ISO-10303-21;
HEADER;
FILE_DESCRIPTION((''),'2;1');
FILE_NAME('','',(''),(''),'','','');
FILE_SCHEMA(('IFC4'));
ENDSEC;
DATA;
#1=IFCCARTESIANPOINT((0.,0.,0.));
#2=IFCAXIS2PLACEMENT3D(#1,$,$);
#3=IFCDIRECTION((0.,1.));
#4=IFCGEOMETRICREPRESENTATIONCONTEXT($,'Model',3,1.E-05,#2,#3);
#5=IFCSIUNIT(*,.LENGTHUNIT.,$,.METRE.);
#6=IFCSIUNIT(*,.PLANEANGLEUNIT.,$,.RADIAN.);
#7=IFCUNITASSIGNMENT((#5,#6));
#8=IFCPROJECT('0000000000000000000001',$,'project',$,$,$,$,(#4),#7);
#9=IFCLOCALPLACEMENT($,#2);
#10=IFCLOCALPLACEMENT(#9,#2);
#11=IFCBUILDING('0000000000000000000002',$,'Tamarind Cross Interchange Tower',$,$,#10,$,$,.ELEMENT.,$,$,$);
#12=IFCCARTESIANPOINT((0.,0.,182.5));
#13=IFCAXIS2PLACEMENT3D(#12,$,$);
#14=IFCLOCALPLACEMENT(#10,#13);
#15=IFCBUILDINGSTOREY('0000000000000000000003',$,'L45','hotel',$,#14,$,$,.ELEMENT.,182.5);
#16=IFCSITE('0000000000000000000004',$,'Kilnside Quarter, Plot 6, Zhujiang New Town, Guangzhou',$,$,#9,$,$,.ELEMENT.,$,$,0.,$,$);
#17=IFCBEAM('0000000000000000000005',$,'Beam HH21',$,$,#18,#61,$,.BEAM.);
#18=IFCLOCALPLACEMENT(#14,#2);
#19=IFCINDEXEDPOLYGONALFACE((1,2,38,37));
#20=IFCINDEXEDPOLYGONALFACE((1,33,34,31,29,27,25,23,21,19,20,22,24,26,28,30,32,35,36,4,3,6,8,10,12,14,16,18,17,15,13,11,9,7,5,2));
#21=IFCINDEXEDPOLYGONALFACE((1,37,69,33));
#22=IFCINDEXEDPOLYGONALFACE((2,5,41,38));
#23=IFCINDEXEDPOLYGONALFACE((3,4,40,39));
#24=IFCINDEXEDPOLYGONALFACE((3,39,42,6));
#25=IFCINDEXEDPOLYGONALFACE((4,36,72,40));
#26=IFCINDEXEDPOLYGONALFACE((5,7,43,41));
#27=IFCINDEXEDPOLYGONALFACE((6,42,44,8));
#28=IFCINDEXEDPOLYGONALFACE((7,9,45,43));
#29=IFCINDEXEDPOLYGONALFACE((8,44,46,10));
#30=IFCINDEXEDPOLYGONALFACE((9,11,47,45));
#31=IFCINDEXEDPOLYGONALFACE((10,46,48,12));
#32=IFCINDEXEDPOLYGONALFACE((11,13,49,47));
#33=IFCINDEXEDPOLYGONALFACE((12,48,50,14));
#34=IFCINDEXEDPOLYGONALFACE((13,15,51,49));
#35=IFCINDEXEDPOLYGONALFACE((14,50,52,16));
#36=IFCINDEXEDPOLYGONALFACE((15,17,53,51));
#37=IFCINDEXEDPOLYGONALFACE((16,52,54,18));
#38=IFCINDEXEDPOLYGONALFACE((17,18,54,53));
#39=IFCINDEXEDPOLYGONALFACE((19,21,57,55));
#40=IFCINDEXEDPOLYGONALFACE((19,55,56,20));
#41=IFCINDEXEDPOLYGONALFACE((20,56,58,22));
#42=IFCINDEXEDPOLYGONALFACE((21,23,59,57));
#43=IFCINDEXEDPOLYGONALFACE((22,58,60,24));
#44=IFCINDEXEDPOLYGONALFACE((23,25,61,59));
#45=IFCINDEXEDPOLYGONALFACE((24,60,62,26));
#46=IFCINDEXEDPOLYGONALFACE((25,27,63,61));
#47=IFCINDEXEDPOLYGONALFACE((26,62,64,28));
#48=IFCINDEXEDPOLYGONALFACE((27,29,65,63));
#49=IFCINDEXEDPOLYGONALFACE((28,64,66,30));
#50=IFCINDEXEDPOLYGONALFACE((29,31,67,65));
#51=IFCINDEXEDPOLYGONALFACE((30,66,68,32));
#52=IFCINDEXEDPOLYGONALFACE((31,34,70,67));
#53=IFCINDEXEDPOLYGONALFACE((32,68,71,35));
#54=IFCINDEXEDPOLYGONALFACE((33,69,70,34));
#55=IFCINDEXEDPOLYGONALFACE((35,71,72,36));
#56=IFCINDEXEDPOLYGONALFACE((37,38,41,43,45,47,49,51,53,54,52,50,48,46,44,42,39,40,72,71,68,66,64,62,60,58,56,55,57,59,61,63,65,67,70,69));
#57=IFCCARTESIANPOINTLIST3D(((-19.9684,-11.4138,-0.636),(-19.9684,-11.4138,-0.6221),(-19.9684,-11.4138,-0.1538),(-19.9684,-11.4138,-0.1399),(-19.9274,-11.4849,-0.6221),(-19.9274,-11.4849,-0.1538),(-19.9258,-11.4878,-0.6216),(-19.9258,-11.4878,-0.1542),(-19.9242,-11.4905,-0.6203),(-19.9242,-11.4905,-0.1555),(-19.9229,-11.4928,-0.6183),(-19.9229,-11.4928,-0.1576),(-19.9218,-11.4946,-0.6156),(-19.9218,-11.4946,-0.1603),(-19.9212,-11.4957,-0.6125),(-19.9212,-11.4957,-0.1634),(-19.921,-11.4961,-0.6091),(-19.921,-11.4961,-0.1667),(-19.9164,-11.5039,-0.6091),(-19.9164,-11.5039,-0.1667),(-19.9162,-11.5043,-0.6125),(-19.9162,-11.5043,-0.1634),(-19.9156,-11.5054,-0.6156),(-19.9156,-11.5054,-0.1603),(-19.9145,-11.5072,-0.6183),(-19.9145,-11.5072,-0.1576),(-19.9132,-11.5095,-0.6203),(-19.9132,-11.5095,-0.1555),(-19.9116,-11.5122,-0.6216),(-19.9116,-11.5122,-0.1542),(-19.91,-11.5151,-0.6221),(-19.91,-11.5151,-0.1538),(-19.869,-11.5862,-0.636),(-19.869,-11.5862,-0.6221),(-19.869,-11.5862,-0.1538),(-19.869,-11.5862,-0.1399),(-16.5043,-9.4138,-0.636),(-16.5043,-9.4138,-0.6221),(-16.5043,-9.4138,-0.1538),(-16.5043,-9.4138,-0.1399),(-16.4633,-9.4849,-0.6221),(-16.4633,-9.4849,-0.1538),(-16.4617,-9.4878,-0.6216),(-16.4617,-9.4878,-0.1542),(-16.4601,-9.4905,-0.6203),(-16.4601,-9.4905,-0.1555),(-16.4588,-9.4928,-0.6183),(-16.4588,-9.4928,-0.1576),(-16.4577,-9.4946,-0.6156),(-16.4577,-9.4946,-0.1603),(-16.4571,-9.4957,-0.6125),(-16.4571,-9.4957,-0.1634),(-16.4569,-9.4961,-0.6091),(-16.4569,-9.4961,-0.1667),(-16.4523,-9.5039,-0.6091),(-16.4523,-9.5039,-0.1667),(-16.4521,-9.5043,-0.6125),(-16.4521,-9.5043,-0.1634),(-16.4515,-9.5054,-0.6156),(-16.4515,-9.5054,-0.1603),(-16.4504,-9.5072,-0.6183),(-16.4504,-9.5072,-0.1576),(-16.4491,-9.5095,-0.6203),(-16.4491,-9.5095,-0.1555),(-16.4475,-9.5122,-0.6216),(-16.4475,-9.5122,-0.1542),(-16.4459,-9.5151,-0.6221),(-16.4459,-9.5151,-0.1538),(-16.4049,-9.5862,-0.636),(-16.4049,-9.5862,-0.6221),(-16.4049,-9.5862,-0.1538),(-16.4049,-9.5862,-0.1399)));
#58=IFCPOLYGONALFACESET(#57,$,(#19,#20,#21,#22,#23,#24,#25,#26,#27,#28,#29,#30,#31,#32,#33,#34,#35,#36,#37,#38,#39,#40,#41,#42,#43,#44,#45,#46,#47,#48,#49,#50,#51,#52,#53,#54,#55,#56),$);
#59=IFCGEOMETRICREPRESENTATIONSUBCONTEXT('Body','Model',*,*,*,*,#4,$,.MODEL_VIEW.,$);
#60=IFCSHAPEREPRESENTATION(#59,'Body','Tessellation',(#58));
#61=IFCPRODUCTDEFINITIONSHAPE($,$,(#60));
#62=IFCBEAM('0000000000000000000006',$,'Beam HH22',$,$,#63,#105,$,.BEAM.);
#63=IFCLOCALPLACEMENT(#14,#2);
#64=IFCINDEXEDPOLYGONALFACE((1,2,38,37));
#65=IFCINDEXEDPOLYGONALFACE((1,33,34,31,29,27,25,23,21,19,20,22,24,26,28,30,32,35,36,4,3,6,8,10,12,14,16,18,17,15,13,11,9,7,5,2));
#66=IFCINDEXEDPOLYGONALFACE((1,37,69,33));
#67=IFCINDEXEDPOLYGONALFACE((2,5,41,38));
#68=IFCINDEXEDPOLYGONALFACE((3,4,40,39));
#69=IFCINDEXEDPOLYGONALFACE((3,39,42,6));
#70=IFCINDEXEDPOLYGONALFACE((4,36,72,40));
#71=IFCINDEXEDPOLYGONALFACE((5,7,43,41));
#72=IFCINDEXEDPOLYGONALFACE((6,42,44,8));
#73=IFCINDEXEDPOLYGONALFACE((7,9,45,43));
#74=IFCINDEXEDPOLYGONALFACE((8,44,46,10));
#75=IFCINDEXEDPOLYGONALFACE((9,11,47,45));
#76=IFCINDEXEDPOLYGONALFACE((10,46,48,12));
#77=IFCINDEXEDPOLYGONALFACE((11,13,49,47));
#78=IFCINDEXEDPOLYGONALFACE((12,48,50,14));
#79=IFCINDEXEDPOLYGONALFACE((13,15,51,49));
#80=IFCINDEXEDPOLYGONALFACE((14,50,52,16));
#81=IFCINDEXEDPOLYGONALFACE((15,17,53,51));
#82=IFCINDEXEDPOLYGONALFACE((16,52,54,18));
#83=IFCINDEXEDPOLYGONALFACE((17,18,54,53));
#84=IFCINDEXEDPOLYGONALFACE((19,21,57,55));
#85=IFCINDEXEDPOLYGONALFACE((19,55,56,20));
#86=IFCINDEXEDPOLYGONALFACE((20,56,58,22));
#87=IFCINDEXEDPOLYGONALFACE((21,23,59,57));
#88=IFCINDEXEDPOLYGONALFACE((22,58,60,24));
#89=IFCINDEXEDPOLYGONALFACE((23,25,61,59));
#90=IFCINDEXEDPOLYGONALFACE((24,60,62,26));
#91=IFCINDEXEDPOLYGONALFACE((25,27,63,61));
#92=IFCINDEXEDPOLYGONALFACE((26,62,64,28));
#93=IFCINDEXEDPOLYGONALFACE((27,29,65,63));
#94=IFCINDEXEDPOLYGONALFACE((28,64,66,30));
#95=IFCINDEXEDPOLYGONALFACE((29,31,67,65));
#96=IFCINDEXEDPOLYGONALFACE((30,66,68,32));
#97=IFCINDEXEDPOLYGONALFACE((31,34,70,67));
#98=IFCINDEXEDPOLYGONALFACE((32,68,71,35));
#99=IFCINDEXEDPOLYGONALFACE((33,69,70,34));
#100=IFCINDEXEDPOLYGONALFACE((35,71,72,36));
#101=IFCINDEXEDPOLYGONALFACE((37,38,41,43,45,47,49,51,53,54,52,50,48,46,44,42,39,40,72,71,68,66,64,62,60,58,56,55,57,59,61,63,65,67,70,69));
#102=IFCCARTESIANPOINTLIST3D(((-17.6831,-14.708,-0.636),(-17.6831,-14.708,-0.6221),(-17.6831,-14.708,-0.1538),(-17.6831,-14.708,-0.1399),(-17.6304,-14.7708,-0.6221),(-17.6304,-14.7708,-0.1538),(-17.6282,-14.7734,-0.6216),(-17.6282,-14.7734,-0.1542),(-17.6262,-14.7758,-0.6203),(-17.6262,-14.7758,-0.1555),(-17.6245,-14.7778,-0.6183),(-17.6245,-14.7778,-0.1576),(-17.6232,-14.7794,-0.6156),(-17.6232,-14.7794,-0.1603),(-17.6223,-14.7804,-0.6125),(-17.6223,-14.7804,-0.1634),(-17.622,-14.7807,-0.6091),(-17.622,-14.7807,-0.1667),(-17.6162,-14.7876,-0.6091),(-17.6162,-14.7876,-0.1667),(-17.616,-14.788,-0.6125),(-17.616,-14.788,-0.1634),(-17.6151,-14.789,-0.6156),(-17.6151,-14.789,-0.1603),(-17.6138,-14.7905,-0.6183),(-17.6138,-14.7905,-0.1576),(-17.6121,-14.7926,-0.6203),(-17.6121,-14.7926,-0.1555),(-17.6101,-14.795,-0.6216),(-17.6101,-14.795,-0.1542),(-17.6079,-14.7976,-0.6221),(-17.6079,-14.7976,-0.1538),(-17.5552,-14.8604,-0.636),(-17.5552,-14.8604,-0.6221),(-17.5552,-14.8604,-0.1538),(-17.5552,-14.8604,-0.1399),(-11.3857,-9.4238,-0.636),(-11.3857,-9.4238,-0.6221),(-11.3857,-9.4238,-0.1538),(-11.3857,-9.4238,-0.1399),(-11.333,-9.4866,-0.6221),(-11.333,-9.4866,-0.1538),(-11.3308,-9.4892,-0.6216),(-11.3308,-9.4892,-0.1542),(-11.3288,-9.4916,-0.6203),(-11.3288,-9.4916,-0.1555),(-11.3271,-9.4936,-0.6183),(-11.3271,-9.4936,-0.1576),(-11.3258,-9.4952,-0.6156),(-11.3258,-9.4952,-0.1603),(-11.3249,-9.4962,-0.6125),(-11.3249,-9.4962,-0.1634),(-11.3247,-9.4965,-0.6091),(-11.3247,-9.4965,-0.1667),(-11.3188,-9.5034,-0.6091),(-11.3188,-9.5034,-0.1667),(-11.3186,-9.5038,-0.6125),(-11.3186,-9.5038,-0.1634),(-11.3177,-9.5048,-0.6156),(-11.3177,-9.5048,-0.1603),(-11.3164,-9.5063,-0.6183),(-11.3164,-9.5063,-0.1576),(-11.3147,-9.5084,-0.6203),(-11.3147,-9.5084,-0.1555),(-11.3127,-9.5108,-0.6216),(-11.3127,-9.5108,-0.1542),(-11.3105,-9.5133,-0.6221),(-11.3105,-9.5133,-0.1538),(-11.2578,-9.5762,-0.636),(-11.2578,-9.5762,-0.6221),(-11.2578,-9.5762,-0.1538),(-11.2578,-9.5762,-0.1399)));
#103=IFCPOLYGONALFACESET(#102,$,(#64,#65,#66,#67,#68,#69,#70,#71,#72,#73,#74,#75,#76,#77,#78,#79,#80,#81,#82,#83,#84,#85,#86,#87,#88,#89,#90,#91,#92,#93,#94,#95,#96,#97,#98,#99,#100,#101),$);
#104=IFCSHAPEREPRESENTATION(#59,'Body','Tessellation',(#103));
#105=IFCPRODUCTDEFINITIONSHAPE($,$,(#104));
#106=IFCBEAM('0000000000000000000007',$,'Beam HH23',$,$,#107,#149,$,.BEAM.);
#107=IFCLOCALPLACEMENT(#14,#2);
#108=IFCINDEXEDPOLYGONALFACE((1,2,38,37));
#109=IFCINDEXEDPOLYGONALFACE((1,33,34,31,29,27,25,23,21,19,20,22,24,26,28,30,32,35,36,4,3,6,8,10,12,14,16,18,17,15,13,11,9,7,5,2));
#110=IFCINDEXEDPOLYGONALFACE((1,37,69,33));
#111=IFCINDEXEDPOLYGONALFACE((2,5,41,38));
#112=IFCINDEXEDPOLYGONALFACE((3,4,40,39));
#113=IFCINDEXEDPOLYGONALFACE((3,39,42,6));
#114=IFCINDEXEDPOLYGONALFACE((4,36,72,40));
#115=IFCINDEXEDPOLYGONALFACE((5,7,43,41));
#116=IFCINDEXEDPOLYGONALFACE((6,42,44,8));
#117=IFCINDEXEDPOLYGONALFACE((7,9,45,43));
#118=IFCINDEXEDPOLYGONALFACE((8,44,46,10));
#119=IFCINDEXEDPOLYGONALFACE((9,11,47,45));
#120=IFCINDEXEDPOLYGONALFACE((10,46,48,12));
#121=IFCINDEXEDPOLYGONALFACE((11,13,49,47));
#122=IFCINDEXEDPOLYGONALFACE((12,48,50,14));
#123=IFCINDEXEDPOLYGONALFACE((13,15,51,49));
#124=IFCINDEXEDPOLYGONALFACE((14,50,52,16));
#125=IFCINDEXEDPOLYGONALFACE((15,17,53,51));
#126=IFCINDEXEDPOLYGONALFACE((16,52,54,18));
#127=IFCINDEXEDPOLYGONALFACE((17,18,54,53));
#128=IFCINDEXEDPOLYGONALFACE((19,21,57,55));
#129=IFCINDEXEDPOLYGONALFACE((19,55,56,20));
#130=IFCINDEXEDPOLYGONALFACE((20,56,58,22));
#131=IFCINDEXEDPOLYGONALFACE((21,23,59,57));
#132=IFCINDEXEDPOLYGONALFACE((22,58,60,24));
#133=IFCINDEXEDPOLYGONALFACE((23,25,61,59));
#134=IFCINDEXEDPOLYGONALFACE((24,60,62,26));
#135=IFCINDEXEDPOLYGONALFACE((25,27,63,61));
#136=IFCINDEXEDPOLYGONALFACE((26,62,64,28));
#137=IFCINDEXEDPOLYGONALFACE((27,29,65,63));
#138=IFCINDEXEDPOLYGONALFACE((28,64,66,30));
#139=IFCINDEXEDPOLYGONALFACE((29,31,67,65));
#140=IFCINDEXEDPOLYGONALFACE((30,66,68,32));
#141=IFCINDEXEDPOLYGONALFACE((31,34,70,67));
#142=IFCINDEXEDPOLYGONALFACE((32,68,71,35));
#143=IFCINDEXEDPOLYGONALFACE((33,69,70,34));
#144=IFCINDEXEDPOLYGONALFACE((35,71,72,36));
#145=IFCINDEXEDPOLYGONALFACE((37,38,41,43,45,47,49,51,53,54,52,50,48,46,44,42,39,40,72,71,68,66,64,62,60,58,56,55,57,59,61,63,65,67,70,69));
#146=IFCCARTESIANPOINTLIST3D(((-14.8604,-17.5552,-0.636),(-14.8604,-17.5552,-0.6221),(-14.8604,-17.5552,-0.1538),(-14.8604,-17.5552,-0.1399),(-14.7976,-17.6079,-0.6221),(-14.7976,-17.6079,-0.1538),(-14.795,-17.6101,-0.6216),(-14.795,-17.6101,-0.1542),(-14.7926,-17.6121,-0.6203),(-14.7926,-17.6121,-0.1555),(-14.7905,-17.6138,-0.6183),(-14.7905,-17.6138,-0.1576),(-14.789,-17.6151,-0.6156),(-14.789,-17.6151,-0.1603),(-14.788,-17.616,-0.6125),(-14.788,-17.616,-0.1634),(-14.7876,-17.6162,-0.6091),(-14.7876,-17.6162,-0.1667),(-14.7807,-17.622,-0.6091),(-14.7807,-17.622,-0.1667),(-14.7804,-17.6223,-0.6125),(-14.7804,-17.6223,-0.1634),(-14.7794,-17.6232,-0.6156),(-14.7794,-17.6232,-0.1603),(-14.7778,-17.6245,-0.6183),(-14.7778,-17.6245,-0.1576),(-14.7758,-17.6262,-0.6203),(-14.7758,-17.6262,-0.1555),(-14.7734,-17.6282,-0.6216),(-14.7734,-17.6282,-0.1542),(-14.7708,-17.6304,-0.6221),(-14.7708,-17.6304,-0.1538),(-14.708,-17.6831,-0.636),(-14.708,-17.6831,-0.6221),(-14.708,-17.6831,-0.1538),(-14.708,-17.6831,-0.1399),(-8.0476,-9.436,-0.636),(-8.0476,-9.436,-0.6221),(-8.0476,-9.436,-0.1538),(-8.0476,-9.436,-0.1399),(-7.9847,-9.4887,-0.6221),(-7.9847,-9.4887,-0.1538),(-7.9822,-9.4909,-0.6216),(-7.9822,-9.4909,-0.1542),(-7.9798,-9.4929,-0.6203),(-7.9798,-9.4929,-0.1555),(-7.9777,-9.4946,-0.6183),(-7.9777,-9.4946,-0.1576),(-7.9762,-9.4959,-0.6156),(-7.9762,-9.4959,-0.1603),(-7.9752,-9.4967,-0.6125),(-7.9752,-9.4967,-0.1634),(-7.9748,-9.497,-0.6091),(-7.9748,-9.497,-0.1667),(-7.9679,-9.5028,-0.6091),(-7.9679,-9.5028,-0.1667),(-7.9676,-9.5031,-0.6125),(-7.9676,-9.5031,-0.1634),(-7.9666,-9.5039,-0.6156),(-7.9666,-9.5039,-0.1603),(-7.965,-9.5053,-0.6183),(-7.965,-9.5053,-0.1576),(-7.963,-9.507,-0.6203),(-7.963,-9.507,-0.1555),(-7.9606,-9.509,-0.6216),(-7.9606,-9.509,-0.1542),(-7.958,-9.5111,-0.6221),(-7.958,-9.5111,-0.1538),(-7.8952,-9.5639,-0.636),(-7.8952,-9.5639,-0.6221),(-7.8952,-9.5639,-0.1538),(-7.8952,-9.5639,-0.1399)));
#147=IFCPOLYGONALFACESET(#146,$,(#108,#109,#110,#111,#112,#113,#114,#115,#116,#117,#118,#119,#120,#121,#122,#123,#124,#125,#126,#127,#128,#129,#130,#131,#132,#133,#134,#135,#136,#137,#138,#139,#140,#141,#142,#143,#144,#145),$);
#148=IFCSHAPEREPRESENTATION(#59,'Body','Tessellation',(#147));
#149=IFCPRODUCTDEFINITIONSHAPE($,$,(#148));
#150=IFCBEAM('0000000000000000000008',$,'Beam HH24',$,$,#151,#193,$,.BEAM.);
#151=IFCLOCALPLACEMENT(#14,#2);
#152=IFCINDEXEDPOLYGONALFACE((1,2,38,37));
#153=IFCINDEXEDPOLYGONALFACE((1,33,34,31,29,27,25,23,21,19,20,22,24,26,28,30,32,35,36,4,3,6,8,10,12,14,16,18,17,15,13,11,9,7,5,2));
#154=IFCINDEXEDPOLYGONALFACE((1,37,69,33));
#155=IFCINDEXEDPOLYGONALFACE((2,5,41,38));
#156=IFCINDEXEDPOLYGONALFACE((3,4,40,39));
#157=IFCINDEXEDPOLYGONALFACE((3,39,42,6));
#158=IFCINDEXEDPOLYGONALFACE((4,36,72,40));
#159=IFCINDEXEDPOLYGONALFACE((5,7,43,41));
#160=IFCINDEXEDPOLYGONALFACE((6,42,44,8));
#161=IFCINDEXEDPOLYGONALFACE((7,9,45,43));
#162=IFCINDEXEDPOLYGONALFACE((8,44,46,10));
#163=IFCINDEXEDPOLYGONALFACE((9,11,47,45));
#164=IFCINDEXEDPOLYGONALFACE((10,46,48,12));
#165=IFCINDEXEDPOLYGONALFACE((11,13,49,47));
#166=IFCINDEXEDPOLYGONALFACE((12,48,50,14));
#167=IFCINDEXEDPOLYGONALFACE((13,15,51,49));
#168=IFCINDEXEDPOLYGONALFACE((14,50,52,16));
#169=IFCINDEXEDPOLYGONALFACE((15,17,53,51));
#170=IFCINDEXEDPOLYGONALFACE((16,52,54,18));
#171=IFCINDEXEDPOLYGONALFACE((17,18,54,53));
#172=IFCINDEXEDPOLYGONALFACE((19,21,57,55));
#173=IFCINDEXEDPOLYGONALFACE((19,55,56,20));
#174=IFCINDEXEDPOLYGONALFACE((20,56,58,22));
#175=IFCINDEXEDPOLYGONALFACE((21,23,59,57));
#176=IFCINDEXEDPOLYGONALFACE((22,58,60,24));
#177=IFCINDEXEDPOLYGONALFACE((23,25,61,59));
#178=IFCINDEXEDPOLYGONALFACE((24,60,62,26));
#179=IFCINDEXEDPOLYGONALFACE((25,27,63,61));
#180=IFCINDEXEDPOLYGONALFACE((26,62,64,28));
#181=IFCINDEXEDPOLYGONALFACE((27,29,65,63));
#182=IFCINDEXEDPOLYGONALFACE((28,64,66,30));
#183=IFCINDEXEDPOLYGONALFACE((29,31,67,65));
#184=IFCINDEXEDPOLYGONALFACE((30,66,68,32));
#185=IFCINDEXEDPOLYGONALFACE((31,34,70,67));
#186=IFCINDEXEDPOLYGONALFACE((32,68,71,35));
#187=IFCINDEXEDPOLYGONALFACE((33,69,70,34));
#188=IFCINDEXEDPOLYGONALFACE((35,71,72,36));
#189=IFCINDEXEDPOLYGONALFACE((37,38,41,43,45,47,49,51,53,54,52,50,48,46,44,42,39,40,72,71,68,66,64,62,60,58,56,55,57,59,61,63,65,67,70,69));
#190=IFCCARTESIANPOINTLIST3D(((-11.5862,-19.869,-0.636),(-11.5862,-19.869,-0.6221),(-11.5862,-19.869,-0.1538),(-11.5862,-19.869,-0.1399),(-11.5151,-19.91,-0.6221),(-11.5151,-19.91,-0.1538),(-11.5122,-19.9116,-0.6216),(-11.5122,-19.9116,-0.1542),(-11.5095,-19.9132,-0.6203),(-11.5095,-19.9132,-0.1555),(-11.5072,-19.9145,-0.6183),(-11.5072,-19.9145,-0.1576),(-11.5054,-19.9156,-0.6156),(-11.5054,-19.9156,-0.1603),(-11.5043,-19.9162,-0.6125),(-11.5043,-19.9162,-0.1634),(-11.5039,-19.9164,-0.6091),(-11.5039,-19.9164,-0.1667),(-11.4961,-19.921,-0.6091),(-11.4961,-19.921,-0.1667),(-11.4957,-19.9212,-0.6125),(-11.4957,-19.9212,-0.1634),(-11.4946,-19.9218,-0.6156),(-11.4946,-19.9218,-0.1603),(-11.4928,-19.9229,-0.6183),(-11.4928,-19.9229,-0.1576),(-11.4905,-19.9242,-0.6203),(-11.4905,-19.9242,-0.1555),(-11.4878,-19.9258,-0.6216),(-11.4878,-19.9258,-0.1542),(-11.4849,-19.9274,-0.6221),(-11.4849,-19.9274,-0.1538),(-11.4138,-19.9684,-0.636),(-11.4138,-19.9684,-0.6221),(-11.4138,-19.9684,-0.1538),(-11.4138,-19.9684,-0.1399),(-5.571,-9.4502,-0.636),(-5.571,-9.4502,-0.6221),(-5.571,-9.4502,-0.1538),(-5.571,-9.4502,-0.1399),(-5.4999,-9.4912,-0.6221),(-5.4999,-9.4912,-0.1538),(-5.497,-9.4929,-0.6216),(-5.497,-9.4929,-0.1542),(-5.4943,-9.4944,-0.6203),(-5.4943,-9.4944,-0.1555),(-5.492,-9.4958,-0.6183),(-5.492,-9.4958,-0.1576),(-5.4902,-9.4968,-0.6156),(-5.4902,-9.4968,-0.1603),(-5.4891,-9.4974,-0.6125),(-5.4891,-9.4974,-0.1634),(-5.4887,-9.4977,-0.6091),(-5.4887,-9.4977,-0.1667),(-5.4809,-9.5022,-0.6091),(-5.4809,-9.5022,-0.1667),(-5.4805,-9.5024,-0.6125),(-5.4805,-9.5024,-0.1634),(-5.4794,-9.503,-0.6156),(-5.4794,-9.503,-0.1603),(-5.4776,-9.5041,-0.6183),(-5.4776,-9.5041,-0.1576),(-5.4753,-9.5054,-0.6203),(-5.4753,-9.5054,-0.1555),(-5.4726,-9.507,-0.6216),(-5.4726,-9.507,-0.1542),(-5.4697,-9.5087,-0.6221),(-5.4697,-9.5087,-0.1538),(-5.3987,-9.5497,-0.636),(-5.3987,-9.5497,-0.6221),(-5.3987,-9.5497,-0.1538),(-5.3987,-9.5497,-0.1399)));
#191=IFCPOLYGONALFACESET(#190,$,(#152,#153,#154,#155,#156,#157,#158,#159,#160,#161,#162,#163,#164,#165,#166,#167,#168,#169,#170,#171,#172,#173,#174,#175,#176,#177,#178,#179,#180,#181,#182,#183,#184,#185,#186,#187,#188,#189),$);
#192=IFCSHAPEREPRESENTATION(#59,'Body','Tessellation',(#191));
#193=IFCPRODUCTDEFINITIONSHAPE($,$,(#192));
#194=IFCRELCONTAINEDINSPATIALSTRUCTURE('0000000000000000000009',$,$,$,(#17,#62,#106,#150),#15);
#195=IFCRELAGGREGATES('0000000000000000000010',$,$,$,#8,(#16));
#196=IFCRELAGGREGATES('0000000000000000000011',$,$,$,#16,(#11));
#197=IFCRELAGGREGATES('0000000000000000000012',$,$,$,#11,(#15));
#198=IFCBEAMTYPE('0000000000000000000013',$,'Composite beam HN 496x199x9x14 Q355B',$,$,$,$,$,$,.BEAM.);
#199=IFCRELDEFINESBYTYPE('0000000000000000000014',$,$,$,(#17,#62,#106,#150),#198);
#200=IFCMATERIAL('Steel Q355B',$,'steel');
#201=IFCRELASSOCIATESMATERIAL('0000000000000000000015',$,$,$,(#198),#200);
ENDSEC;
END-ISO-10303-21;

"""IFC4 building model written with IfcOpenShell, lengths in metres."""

from ifc_helpers import new_model, si_unit, direction, frame, origin, origin_2d, place, context, subcontext, project, spatial, i_section, extrude, material, material_profile, profile_set, type_object, element, save


model = new_model("IFC4")

# Units and contexts
model_context = context("Model", 3, precision=1e-05, world=origin(), true_north=direction((0.0, 1.0)))
body_context = subcontext(model_context, "Body", "Model", "MODEL_VIEW")
ifc_project = project(units=[si_unit("LENGTHUNIT", "METRE"), si_unit("PLANEANGLEUNIT", "RADIAN")], contexts=[model_context])

# Site, building, storey
site_placement = place(None, origin())
site = spatial("IfcSite", under=ifc_project, at=site_placement, Name="Kilnside Quarter, Plot 6, Zhujiang New Town, Guangzhou", CompositionType="ELEMENT", RefElevation=0.0)
building_placement = place(site_placement, origin())
building = spatial("IfcBuilding", under=site, at=building_placement, Name="Tamarind Cross Interchange Tower", CompositionType="ELEMENT")
storey_placement = place(building_placement, frame((0.0, 0.0, 182.5)))
storey = spatial("IfcBuildingStorey", under=building, at=storey_placement, Name="L45", Description="hotel", CompositionType="ELEMENT", Elevation=182.5)

# Beams
ifc_material_1 = material(Name="Steel Q355B", Category="steel")
ifc_material_profile_1 = material_profile(ifc_material_1, i_section(OverallWidth=0.199, OverallDepth=0.4961, WebThickness=0.009, FlangeThickness=0.0139, FilletRadius=0.0129, at=origin_2d()), Name="HN 496x199x9x14")
ifc_profile_set_1 = profile_set([ifc_material_profile_1], Name="Steel Q355B")
beam_type = type_object("IfcBeamType", Name="Composite beam HN 496x199x9x14 Q355B", PredefinedType="BEAM", material=ifc_profile_set_1)
beam_1_placement = place(storey_placement, frame((-19.9187, -11.5, -0.3879), z_axis=(0.866026, 0.499999, 0.0), x_axis=(-0.499999, 0.866026, 0.0)))
element("IfcBeam", 1, at=beam_1_placement, inside=storey, type_object=beam_type, Name="Beam HH21", PredefinedType="BEAM", context=body_context, shape_type="SweptSolid", body=[
    extrude(i_section(OverallWidth=0.199, OverallDepth=0.4961, WebThickness=0.009, FlangeThickness=0.0139, FilletRadius=0.0129, at=origin_2d()), origin(), (0.0, 0.0, 1.0), 4.0),
])
beam_2_placement = place(storey_placement, frame((-17.6191, -14.7842, -0.3879), z_axis=(0.766041, 0.642792, 0.0), x_axis=(-0.642792, 0.766041, 0.0)))
element("IfcBeam", 2, at=beam_2_placement, inside=storey, type_object=beam_type, Name="Beam HH22", PredefinedType="BEAM", context=body_context, shape_type="SweptSolid", body=[
    extrude(i_section(OverallWidth=0.199, OverallDepth=0.4961, WebThickness=0.009, FlangeThickness=0.0139, FilletRadius=0.0129, at=origin_2d()), origin(), (0.0, 0.0, 1.0), 8.2207),
])
beam_3_placement = place(storey_placement, frame((-14.7842, -17.6191, -0.3879), z_axis=(0.642786, 0.766046, 0.0), x_axis=(-0.766046, 0.642786, 0.0)))
element("IfcBeam", 3, at=beam_3_placement, inside=storey, type_object=beam_type, Name="Beam HH23", PredefinedType="BEAM", context=body_context, shape_type="SweptSolid", body=[
    extrude(i_section(OverallWidth=0.199, OverallDepth=0.4961, WebThickness=0.009, FlangeThickness=0.0139, FilletRadius=0.0129, at=origin_2d()), origin(), (0.0, 0.0, 1.0), 10.5989),
])
beam_4_placement = place(storey_placement, frame((-11.5, -19.9187, -0.3879), z_axis=(0.499994, 0.866029, 0.0), x_axis=(-0.866029, 0.499994, 0.0)))
element("IfcBeam", 4, at=beam_4_placement, inside=storey, type_object=beam_type, Name="Beam HH24", PredefinedType="BEAM", context=body_context, shape_type="SweptSolid", body=[
    extrude(i_section(OverallWidth=0.199, OverallDepth=0.4961, WebThickness=0.009, FlangeThickness=0.0139, FilletRadius=0.0129, at=origin_2d()), origin(), (0.0, 0.0, 1.0), 12.0305),
])

save(model, "model.ifc")
